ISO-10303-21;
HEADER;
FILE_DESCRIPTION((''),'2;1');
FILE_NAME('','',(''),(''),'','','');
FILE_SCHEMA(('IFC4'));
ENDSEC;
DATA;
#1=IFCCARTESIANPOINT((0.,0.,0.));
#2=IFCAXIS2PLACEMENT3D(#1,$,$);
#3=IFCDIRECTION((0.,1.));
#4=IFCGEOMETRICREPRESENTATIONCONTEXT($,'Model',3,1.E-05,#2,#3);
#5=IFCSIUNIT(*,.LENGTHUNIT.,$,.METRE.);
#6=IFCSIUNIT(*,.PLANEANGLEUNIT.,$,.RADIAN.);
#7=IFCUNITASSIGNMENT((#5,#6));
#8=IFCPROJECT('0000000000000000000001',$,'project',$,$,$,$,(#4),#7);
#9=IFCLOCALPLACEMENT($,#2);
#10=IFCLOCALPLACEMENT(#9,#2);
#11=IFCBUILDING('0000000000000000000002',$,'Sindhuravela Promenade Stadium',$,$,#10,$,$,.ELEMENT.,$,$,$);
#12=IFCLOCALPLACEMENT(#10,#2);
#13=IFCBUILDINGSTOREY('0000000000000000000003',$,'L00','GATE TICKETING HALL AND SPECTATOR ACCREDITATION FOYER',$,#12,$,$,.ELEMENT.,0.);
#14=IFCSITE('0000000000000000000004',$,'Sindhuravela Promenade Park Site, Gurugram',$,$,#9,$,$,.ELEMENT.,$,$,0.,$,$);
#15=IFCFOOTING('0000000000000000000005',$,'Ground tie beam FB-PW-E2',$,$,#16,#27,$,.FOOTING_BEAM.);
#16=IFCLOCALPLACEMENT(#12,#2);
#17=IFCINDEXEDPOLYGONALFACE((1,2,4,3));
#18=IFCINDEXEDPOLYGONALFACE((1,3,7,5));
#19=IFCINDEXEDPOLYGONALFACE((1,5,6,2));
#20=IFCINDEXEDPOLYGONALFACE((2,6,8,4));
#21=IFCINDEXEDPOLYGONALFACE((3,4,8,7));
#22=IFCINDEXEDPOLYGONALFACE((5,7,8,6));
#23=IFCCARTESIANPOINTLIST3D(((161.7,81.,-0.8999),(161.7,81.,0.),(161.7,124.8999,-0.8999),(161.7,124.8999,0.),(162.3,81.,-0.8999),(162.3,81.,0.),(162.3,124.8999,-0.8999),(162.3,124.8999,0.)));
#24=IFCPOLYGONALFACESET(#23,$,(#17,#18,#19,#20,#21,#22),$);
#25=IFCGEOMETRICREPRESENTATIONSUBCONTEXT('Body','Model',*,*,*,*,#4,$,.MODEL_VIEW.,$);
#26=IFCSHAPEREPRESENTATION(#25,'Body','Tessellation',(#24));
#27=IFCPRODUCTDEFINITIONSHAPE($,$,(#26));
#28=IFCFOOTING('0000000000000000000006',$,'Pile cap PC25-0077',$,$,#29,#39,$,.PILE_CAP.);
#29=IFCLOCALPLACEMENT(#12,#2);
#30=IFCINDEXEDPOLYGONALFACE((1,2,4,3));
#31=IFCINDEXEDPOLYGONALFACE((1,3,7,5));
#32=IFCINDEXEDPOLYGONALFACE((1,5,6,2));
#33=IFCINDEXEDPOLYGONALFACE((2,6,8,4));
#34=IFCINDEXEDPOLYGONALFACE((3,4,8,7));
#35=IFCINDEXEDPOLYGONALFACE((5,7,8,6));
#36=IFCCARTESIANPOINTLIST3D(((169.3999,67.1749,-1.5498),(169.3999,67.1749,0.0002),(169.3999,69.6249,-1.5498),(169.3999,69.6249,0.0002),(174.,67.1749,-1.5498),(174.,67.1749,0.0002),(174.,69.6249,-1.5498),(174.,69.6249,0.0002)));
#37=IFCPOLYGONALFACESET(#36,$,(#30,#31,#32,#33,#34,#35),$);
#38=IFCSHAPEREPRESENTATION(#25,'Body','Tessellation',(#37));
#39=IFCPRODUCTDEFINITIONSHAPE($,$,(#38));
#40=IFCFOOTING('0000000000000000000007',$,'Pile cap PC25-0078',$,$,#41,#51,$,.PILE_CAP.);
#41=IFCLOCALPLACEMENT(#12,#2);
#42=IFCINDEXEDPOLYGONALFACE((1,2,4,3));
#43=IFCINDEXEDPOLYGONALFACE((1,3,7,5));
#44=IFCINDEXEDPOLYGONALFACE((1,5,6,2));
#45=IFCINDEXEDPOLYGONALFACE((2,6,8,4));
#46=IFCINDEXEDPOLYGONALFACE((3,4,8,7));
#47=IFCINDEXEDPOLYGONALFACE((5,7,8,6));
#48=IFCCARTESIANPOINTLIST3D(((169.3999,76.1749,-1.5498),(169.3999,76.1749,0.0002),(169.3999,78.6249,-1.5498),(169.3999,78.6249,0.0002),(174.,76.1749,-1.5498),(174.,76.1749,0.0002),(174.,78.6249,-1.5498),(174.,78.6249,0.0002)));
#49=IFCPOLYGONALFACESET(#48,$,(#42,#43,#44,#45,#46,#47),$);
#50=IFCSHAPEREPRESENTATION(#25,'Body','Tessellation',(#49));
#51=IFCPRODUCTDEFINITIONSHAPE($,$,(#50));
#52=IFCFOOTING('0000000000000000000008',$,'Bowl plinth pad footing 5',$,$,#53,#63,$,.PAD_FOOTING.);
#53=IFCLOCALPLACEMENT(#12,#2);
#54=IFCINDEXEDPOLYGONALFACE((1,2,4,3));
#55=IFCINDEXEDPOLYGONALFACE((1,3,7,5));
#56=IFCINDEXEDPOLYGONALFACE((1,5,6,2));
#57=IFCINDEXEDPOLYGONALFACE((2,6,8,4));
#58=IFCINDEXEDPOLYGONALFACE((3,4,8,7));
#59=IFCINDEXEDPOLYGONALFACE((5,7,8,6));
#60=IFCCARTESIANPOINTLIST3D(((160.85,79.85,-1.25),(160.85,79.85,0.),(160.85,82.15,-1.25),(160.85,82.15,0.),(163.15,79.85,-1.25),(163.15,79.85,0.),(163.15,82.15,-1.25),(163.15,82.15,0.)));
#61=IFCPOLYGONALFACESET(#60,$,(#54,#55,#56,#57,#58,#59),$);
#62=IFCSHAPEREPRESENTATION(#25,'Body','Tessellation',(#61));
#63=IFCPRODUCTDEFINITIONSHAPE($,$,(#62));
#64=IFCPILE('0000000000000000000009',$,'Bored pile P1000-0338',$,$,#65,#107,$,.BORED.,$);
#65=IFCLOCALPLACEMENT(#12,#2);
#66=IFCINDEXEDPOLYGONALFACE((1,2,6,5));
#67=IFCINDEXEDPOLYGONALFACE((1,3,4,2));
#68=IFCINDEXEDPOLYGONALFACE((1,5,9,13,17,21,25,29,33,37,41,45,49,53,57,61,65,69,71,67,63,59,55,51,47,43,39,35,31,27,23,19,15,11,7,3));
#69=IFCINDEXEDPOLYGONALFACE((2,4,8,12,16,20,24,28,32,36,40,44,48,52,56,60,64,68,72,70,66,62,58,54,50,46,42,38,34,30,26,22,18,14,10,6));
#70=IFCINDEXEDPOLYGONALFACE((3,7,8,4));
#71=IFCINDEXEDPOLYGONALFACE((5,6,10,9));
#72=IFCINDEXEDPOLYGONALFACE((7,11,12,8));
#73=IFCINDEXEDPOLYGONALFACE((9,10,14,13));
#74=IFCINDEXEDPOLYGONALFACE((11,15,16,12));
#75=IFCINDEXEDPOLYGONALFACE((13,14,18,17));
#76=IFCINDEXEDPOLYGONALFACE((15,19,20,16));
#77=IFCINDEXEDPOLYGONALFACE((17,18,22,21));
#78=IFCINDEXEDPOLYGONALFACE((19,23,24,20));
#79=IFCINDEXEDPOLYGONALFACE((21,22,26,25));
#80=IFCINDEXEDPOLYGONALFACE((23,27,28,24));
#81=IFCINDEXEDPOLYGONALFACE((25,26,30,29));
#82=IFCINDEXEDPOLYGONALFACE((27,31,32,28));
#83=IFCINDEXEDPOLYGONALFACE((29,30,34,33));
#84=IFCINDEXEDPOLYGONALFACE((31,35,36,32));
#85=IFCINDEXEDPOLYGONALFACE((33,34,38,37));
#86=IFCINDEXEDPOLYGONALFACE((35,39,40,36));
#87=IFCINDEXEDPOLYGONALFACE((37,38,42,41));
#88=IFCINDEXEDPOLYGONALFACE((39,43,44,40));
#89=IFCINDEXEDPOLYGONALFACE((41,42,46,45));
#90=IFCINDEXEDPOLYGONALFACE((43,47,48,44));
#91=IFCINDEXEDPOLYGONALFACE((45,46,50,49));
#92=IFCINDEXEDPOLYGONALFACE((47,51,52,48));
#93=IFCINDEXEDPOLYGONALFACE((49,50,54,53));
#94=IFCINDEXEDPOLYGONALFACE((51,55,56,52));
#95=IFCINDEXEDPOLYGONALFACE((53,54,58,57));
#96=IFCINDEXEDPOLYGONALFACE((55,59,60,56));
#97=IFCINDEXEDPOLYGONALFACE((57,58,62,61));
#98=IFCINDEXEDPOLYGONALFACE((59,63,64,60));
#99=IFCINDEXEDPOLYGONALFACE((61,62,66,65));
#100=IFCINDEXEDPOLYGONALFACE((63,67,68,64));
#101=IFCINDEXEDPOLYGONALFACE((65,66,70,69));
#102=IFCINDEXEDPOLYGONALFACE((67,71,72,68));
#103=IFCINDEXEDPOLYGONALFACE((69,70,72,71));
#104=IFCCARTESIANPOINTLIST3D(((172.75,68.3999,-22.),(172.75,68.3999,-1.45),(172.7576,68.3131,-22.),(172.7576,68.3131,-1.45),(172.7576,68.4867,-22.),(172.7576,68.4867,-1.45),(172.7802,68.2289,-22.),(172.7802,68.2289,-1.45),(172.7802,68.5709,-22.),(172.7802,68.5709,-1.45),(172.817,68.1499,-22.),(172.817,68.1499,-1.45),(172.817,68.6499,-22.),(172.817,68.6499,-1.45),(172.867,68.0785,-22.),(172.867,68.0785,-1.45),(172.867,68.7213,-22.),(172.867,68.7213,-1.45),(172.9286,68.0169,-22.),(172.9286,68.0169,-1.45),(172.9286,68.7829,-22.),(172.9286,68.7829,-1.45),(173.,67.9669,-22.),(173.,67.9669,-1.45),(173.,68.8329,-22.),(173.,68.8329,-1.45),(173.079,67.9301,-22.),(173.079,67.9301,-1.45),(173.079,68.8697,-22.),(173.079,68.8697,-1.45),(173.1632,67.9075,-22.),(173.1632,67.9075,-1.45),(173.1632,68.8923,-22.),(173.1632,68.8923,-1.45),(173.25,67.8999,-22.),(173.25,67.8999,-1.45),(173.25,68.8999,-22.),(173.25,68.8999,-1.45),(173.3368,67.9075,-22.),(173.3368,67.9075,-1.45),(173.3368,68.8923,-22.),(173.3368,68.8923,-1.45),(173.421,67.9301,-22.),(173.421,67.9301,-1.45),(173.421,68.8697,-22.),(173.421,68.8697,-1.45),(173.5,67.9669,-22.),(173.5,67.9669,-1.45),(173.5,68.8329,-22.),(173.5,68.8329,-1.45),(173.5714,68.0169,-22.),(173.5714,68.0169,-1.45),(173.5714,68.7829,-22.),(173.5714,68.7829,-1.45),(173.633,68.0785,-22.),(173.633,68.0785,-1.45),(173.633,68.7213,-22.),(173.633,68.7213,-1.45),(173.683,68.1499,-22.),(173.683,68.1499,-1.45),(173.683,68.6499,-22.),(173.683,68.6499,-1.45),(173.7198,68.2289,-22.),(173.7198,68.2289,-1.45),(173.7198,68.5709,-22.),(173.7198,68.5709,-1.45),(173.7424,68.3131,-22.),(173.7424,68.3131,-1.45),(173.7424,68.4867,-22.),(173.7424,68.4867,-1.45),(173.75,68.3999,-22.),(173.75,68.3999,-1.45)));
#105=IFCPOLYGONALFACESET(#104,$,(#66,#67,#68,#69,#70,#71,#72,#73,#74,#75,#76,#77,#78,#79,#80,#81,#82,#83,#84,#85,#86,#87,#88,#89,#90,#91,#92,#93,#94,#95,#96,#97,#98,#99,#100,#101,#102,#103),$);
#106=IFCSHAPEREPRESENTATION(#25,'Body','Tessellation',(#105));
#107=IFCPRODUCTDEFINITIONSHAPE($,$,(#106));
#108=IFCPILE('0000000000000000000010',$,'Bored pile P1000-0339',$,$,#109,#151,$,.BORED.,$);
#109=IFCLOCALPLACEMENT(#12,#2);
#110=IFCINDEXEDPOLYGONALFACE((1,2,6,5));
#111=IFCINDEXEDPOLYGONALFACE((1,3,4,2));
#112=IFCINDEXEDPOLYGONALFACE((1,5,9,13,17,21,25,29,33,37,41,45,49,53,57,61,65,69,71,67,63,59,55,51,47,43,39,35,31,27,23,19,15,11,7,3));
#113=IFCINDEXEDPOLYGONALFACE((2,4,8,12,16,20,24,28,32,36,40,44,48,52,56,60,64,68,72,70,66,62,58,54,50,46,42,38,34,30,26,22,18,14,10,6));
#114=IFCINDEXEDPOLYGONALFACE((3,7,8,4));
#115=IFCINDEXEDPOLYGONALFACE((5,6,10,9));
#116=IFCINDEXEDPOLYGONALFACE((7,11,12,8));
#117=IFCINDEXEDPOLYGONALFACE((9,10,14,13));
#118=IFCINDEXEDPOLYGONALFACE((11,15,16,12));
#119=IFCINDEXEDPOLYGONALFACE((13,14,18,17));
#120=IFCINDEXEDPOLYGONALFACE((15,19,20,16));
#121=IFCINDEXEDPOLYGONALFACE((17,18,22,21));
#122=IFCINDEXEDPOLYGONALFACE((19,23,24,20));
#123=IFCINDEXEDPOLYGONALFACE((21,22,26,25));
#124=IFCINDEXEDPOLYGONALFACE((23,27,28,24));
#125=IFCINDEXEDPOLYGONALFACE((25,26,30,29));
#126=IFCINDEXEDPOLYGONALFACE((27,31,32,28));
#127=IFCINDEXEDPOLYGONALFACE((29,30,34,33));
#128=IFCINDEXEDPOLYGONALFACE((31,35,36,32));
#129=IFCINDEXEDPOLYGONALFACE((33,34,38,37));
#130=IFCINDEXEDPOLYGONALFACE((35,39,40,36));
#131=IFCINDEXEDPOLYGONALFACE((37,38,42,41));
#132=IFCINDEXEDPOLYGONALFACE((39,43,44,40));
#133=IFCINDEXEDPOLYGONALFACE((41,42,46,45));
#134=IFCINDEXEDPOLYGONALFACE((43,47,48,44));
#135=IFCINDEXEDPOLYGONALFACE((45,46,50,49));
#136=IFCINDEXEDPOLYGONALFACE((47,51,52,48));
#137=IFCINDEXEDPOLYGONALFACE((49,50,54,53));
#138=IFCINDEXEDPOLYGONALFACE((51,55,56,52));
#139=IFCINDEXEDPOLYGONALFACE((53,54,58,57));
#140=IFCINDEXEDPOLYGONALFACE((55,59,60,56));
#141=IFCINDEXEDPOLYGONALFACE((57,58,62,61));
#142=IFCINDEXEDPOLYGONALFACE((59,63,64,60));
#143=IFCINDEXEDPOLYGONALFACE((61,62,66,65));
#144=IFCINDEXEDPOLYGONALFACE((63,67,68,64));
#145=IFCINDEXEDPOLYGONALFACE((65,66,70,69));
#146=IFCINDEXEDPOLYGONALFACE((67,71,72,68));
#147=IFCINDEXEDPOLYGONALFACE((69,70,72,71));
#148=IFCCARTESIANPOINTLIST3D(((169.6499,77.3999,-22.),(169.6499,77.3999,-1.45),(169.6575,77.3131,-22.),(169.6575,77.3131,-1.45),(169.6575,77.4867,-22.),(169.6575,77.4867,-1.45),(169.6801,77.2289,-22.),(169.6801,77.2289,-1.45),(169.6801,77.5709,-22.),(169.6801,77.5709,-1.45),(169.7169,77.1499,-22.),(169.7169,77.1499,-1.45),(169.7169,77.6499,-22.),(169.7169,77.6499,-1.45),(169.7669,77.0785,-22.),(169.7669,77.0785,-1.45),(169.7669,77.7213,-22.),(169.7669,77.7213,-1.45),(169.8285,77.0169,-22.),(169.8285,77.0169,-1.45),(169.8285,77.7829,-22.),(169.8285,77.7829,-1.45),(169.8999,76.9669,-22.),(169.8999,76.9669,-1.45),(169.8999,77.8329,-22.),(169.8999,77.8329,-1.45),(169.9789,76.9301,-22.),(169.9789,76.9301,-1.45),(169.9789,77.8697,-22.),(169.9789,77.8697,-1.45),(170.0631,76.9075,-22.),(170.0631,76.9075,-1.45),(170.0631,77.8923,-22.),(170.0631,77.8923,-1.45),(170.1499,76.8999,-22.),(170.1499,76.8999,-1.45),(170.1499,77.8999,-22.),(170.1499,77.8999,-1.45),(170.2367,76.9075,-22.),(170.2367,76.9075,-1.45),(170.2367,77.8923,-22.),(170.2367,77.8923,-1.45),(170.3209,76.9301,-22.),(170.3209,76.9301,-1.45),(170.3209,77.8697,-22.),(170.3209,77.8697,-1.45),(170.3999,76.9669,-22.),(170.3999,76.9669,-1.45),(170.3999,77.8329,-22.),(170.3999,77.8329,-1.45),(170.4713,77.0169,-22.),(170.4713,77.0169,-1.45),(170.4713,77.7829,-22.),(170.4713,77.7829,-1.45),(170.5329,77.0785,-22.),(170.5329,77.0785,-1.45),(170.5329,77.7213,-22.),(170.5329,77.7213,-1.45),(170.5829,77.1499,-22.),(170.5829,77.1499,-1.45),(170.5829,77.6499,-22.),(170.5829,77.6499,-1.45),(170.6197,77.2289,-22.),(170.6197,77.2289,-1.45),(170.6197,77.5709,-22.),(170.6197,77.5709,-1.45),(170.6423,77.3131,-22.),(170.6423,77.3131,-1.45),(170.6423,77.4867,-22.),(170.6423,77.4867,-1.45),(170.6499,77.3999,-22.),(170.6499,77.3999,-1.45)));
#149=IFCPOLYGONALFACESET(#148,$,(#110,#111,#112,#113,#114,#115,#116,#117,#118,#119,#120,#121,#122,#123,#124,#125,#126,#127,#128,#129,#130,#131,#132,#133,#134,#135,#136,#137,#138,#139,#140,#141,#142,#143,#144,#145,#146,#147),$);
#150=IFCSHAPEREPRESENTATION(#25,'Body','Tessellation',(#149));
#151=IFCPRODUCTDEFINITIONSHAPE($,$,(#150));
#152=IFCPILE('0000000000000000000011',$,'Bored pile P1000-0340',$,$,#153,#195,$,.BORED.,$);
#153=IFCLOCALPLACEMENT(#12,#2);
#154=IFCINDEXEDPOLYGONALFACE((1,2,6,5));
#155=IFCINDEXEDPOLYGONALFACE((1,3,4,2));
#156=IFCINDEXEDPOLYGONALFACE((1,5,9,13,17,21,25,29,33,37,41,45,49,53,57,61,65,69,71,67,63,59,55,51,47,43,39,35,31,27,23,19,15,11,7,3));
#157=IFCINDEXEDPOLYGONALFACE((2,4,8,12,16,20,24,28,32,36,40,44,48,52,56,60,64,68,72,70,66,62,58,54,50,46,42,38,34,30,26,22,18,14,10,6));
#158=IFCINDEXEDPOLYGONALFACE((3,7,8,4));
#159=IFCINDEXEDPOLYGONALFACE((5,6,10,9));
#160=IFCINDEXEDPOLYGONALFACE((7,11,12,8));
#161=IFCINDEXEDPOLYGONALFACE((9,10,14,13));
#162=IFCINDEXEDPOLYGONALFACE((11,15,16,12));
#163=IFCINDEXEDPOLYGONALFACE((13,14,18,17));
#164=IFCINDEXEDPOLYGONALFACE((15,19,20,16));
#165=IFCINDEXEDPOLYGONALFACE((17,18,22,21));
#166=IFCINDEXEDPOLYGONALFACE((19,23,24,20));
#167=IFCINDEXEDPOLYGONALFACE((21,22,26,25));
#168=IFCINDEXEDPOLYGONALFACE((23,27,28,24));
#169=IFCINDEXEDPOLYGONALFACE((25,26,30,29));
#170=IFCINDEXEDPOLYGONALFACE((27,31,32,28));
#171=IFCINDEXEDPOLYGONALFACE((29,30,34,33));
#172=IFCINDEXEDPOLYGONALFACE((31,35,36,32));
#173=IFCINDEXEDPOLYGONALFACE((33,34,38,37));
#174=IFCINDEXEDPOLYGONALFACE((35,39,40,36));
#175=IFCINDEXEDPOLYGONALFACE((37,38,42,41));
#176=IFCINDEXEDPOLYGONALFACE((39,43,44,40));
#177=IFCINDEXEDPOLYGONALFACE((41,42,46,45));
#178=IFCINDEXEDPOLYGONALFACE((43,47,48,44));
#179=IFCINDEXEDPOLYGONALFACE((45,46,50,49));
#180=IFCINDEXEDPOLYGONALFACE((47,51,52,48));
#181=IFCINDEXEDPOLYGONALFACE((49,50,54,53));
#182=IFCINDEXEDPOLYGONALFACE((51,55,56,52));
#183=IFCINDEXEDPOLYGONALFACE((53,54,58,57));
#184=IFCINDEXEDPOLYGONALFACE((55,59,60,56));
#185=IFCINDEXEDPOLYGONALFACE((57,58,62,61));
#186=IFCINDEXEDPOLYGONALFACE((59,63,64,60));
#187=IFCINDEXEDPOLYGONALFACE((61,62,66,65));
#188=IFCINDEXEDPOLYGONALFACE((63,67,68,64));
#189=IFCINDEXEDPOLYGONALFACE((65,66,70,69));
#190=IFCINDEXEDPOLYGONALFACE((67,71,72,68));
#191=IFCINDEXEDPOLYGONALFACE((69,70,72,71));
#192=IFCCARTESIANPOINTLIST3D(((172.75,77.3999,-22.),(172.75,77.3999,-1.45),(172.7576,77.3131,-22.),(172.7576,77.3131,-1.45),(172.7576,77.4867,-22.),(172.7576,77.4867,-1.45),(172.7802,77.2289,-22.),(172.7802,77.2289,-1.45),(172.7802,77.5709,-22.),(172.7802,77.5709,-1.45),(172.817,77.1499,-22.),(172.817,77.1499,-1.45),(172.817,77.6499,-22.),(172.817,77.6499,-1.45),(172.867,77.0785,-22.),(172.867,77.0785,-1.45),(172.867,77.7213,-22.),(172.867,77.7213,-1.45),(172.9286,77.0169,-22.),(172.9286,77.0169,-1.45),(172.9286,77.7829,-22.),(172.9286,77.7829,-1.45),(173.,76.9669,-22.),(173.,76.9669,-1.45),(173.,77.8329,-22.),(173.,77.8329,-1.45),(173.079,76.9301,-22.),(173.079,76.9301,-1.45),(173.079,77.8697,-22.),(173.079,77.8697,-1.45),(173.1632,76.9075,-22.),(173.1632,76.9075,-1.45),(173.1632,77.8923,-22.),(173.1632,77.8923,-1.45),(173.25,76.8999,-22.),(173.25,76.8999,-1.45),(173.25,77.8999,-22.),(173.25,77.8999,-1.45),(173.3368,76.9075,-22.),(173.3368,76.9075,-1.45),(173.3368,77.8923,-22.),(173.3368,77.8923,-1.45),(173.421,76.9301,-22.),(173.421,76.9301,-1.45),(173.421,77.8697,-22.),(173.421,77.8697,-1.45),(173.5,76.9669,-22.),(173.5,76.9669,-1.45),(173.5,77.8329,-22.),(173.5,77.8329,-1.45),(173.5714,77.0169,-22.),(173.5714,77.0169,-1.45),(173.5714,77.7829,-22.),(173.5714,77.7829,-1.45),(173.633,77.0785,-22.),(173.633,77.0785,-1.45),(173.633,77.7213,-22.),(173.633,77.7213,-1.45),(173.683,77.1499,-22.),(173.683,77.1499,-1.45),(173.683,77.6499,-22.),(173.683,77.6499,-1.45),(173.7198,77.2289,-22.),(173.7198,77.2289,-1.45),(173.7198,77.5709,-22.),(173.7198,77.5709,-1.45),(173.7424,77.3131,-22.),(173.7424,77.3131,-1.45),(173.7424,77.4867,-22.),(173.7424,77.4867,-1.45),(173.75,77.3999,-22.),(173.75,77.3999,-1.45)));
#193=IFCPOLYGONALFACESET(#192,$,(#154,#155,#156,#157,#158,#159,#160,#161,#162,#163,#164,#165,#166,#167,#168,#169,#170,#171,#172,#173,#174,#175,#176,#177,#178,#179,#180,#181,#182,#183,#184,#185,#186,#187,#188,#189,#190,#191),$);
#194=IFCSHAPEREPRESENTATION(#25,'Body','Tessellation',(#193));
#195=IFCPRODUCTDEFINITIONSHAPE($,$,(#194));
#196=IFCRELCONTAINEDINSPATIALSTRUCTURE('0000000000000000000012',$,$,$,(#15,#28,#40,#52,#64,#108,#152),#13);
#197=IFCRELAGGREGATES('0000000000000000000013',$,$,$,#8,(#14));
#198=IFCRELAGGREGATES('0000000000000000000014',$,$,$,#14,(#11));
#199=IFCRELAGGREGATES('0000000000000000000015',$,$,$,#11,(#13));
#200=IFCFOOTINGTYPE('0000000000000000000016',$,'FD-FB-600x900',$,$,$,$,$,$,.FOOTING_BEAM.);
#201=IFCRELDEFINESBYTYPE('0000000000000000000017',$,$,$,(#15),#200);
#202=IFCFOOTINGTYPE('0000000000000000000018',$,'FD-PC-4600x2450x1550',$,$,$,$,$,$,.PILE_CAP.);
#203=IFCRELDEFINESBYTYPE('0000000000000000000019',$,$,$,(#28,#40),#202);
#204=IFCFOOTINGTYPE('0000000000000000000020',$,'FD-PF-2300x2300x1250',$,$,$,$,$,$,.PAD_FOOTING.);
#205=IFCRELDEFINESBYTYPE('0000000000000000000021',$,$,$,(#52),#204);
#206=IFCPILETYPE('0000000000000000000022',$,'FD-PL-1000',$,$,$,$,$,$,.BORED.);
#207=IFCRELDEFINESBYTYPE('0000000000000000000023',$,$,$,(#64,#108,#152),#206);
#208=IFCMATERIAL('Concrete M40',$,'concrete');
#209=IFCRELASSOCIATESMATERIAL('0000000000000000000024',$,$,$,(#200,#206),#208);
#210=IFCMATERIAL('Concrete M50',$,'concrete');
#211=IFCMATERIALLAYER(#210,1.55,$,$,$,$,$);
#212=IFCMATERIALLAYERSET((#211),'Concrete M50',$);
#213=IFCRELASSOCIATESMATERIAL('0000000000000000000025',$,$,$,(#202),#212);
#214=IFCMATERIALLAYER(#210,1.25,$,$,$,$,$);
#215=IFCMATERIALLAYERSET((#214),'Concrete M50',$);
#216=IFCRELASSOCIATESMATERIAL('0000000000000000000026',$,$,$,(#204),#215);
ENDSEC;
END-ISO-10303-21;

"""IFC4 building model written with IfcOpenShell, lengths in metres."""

from ifc_helpers import new_model, si_unit, direction, frame, origin, origin_2d, place, context, subcontext, project, spatial, rectangle, circle, extrude, material, layer, layer_set, material_profile, profile_set, type_object, element, save


model = new_model("IFC4")

# Units and contexts
model_context = context("Model", 3, precision=1e-05, world=origin(), true_north=direction((0.0, 1.0)))
body_context = subcontext(model_context, "Body", "Model", "MODEL_VIEW")
ifc_project = project(units=[si_unit("LENGTHUNIT", "METRE"), si_unit("PLANEANGLEUNIT", "RADIAN")], contexts=[model_context])

# Site, building, storey
site_placement = place(None, origin())
site = spatial("IfcSite", under=ifc_project, at=site_placement, Name="Sindhuravela Promenade Park Site, Gurugram", CompositionType="ELEMENT", RefElevation=0.0)
building_placement = place(site_placement, origin())
building = spatial("IfcBuilding", under=site, at=building_placement, Name="Sindhuravela Promenade Stadium", CompositionType="ELEMENT")
storey_placement = place(building_placement, origin())
storey = spatial("IfcBuildingStorey", under=building, at=storey_placement, Name="L00", Description="GATE TICKETING HALL AND SPECTATOR ACCREDITATION FOYER", CompositionType="ELEMENT", Elevation=0.0)

# Footings
ifc_material_1 = material(Name="Concrete M40", Category="concrete")
ifc_material_profile_1 = material_profile(ifc_material_1, rectangle(XDim=0.6001, YDim=0.8999, at=origin_2d()), Name="RC 600x900")
ifc_profile_set_1 = profile_set([ifc_material_profile_1], Name="Concrete M40")
footing_type_1 = type_object("IfcFootingType", Name="FD-FB-600x900", PredefinedType="FOOTING_BEAM", material=ifc_profile_set_1)
footing_1_placement = place(storey_placement, frame((162.0, 81.0, -0.45), z_axis=(0.0, 1.0, 0.0), x_axis=(-1.0, 0.0, 0.0)))
element("IfcFooting", 1, at=footing_1_placement, inside=storey, type_object=footing_type_1, Name="Ground tie beam FB-PW-E2", PredefinedType="FOOTING_BEAM", context=body_context, shape_type="SweptSolid", body=[
    extrude(rectangle(XDim=0.6001, YDim=0.8999, at=origin_2d()), origin(), (0.0, 0.0, 1.0), 43.8999),
])
ifc_material_2 = material(Name="Concrete M50", Category="concrete")
ifc_layer_1 = layer(ifc_material_2, 1.55)
ifc_layer_set_1 = layer_set([ifc_layer_1], Name="Concrete M50")
footing_type_2 = type_object("IfcFootingType", Name="FD-PC-4600x2450x1550", PredefinedType="PILE_CAP", material=ifc_layer_set_1)
for number, where, z_axis, x_axis, name in (
    (2, (171.7, 68.3999, -1.5498), (0.0, 0.0, 1.0), (1.0, 0.0, 0.0), "Pile cap PC25-0077"),
    (3, (171.7, 77.3999, -1.5498), (0.0, 0.0, 1.0), (1.0, 0.0, 0.0), "Pile cap PC25-0078"),
):
    element("IfcFooting", number, at=place(storey_placement, frame(where, z_axis=z_axis, x_axis=x_axis)), inside=storey, type_object=footing_type_2, Name=name, PredefinedType="PILE_CAP", context=body_context, shape_type="SweptSolid", body=[
        extrude(rectangle(XDim=4.6001, YDim=2.45, at=origin_2d()), origin(), (0.0, 0.0, 1.0), 1.55),
    ])
ifc_layer_2 = layer(ifc_material_2, 1.25)
ifc_layer_set_2 = layer_set([ifc_layer_2], Name="Concrete M50")
footing_type_3 = type_object("IfcFootingType", Name="FD-PF-2300x2300x1250", PredefinedType="PAD_FOOTING", material=ifc_layer_set_2)
footing_2_placement = place(storey_placement, frame((162.0, 81.0, -1.25), z_axis=(0.0, 0.0, 1.0), x_axis=(1.0, 0.0, 0.0)))
element("IfcFooting", 4, at=footing_2_placement, inside=storey, type_object=footing_type_3, Name="Bowl plinth pad footing 5", PredefinedType="PAD_FOOTING", context=body_context, shape_type="SweptSolid", body=[
    extrude(rectangle(XDim=2.3, YDim=2.3, at=origin_2d()), origin(), (0.0, 0.0, 1.0), 1.25),
])

# Piles
ifc_material_profile_2 = material_profile(ifc_material_1, circle(Radius=0.5, at=origin_2d()), Name="BORED PILE D1000")
ifc_profile_set_2 = profile_set([ifc_material_profile_2], Name="Concrete M40")
pile_type = type_object("IfcPileType", Name="FD-PL-1000", PredefinedType="BORED", material=ifc_profile_set_2)
for number, where, z_axis, x_axis, name in (
    (5, (173.25, 68.3999, -1.45), (0.0, 0.0, -1.0), (1.0, 0.0, 0.0), "Bored pile P1000-0338"),
    (6, (170.1499, 77.3999, -1.45), (0.0, 0.0, -1.0), (1.0, 0.0, 0.0), "Bored pile P1000-0339"),
    (7, (173.25, 77.3999, -1.45), (0.0, 0.0, -1.0), (1.0, 0.0, 0.0), "Bored pile P1000-0340"),
):
    element("IfcPile", number, at=place(storey_placement, frame(where, z_axis=z_axis, x_axis=x_axis)), inside=storey, type_object=pile_type, Name=name, PredefinedType="BORED", context=body_context, shape_type="SweptSolid", body=[
        extrude(circle(Radius=0.5, at=origin_2d()), origin(), (0.0, 0.0, 1.0), 20.55),
    ])

save(model, "model.ifc")
